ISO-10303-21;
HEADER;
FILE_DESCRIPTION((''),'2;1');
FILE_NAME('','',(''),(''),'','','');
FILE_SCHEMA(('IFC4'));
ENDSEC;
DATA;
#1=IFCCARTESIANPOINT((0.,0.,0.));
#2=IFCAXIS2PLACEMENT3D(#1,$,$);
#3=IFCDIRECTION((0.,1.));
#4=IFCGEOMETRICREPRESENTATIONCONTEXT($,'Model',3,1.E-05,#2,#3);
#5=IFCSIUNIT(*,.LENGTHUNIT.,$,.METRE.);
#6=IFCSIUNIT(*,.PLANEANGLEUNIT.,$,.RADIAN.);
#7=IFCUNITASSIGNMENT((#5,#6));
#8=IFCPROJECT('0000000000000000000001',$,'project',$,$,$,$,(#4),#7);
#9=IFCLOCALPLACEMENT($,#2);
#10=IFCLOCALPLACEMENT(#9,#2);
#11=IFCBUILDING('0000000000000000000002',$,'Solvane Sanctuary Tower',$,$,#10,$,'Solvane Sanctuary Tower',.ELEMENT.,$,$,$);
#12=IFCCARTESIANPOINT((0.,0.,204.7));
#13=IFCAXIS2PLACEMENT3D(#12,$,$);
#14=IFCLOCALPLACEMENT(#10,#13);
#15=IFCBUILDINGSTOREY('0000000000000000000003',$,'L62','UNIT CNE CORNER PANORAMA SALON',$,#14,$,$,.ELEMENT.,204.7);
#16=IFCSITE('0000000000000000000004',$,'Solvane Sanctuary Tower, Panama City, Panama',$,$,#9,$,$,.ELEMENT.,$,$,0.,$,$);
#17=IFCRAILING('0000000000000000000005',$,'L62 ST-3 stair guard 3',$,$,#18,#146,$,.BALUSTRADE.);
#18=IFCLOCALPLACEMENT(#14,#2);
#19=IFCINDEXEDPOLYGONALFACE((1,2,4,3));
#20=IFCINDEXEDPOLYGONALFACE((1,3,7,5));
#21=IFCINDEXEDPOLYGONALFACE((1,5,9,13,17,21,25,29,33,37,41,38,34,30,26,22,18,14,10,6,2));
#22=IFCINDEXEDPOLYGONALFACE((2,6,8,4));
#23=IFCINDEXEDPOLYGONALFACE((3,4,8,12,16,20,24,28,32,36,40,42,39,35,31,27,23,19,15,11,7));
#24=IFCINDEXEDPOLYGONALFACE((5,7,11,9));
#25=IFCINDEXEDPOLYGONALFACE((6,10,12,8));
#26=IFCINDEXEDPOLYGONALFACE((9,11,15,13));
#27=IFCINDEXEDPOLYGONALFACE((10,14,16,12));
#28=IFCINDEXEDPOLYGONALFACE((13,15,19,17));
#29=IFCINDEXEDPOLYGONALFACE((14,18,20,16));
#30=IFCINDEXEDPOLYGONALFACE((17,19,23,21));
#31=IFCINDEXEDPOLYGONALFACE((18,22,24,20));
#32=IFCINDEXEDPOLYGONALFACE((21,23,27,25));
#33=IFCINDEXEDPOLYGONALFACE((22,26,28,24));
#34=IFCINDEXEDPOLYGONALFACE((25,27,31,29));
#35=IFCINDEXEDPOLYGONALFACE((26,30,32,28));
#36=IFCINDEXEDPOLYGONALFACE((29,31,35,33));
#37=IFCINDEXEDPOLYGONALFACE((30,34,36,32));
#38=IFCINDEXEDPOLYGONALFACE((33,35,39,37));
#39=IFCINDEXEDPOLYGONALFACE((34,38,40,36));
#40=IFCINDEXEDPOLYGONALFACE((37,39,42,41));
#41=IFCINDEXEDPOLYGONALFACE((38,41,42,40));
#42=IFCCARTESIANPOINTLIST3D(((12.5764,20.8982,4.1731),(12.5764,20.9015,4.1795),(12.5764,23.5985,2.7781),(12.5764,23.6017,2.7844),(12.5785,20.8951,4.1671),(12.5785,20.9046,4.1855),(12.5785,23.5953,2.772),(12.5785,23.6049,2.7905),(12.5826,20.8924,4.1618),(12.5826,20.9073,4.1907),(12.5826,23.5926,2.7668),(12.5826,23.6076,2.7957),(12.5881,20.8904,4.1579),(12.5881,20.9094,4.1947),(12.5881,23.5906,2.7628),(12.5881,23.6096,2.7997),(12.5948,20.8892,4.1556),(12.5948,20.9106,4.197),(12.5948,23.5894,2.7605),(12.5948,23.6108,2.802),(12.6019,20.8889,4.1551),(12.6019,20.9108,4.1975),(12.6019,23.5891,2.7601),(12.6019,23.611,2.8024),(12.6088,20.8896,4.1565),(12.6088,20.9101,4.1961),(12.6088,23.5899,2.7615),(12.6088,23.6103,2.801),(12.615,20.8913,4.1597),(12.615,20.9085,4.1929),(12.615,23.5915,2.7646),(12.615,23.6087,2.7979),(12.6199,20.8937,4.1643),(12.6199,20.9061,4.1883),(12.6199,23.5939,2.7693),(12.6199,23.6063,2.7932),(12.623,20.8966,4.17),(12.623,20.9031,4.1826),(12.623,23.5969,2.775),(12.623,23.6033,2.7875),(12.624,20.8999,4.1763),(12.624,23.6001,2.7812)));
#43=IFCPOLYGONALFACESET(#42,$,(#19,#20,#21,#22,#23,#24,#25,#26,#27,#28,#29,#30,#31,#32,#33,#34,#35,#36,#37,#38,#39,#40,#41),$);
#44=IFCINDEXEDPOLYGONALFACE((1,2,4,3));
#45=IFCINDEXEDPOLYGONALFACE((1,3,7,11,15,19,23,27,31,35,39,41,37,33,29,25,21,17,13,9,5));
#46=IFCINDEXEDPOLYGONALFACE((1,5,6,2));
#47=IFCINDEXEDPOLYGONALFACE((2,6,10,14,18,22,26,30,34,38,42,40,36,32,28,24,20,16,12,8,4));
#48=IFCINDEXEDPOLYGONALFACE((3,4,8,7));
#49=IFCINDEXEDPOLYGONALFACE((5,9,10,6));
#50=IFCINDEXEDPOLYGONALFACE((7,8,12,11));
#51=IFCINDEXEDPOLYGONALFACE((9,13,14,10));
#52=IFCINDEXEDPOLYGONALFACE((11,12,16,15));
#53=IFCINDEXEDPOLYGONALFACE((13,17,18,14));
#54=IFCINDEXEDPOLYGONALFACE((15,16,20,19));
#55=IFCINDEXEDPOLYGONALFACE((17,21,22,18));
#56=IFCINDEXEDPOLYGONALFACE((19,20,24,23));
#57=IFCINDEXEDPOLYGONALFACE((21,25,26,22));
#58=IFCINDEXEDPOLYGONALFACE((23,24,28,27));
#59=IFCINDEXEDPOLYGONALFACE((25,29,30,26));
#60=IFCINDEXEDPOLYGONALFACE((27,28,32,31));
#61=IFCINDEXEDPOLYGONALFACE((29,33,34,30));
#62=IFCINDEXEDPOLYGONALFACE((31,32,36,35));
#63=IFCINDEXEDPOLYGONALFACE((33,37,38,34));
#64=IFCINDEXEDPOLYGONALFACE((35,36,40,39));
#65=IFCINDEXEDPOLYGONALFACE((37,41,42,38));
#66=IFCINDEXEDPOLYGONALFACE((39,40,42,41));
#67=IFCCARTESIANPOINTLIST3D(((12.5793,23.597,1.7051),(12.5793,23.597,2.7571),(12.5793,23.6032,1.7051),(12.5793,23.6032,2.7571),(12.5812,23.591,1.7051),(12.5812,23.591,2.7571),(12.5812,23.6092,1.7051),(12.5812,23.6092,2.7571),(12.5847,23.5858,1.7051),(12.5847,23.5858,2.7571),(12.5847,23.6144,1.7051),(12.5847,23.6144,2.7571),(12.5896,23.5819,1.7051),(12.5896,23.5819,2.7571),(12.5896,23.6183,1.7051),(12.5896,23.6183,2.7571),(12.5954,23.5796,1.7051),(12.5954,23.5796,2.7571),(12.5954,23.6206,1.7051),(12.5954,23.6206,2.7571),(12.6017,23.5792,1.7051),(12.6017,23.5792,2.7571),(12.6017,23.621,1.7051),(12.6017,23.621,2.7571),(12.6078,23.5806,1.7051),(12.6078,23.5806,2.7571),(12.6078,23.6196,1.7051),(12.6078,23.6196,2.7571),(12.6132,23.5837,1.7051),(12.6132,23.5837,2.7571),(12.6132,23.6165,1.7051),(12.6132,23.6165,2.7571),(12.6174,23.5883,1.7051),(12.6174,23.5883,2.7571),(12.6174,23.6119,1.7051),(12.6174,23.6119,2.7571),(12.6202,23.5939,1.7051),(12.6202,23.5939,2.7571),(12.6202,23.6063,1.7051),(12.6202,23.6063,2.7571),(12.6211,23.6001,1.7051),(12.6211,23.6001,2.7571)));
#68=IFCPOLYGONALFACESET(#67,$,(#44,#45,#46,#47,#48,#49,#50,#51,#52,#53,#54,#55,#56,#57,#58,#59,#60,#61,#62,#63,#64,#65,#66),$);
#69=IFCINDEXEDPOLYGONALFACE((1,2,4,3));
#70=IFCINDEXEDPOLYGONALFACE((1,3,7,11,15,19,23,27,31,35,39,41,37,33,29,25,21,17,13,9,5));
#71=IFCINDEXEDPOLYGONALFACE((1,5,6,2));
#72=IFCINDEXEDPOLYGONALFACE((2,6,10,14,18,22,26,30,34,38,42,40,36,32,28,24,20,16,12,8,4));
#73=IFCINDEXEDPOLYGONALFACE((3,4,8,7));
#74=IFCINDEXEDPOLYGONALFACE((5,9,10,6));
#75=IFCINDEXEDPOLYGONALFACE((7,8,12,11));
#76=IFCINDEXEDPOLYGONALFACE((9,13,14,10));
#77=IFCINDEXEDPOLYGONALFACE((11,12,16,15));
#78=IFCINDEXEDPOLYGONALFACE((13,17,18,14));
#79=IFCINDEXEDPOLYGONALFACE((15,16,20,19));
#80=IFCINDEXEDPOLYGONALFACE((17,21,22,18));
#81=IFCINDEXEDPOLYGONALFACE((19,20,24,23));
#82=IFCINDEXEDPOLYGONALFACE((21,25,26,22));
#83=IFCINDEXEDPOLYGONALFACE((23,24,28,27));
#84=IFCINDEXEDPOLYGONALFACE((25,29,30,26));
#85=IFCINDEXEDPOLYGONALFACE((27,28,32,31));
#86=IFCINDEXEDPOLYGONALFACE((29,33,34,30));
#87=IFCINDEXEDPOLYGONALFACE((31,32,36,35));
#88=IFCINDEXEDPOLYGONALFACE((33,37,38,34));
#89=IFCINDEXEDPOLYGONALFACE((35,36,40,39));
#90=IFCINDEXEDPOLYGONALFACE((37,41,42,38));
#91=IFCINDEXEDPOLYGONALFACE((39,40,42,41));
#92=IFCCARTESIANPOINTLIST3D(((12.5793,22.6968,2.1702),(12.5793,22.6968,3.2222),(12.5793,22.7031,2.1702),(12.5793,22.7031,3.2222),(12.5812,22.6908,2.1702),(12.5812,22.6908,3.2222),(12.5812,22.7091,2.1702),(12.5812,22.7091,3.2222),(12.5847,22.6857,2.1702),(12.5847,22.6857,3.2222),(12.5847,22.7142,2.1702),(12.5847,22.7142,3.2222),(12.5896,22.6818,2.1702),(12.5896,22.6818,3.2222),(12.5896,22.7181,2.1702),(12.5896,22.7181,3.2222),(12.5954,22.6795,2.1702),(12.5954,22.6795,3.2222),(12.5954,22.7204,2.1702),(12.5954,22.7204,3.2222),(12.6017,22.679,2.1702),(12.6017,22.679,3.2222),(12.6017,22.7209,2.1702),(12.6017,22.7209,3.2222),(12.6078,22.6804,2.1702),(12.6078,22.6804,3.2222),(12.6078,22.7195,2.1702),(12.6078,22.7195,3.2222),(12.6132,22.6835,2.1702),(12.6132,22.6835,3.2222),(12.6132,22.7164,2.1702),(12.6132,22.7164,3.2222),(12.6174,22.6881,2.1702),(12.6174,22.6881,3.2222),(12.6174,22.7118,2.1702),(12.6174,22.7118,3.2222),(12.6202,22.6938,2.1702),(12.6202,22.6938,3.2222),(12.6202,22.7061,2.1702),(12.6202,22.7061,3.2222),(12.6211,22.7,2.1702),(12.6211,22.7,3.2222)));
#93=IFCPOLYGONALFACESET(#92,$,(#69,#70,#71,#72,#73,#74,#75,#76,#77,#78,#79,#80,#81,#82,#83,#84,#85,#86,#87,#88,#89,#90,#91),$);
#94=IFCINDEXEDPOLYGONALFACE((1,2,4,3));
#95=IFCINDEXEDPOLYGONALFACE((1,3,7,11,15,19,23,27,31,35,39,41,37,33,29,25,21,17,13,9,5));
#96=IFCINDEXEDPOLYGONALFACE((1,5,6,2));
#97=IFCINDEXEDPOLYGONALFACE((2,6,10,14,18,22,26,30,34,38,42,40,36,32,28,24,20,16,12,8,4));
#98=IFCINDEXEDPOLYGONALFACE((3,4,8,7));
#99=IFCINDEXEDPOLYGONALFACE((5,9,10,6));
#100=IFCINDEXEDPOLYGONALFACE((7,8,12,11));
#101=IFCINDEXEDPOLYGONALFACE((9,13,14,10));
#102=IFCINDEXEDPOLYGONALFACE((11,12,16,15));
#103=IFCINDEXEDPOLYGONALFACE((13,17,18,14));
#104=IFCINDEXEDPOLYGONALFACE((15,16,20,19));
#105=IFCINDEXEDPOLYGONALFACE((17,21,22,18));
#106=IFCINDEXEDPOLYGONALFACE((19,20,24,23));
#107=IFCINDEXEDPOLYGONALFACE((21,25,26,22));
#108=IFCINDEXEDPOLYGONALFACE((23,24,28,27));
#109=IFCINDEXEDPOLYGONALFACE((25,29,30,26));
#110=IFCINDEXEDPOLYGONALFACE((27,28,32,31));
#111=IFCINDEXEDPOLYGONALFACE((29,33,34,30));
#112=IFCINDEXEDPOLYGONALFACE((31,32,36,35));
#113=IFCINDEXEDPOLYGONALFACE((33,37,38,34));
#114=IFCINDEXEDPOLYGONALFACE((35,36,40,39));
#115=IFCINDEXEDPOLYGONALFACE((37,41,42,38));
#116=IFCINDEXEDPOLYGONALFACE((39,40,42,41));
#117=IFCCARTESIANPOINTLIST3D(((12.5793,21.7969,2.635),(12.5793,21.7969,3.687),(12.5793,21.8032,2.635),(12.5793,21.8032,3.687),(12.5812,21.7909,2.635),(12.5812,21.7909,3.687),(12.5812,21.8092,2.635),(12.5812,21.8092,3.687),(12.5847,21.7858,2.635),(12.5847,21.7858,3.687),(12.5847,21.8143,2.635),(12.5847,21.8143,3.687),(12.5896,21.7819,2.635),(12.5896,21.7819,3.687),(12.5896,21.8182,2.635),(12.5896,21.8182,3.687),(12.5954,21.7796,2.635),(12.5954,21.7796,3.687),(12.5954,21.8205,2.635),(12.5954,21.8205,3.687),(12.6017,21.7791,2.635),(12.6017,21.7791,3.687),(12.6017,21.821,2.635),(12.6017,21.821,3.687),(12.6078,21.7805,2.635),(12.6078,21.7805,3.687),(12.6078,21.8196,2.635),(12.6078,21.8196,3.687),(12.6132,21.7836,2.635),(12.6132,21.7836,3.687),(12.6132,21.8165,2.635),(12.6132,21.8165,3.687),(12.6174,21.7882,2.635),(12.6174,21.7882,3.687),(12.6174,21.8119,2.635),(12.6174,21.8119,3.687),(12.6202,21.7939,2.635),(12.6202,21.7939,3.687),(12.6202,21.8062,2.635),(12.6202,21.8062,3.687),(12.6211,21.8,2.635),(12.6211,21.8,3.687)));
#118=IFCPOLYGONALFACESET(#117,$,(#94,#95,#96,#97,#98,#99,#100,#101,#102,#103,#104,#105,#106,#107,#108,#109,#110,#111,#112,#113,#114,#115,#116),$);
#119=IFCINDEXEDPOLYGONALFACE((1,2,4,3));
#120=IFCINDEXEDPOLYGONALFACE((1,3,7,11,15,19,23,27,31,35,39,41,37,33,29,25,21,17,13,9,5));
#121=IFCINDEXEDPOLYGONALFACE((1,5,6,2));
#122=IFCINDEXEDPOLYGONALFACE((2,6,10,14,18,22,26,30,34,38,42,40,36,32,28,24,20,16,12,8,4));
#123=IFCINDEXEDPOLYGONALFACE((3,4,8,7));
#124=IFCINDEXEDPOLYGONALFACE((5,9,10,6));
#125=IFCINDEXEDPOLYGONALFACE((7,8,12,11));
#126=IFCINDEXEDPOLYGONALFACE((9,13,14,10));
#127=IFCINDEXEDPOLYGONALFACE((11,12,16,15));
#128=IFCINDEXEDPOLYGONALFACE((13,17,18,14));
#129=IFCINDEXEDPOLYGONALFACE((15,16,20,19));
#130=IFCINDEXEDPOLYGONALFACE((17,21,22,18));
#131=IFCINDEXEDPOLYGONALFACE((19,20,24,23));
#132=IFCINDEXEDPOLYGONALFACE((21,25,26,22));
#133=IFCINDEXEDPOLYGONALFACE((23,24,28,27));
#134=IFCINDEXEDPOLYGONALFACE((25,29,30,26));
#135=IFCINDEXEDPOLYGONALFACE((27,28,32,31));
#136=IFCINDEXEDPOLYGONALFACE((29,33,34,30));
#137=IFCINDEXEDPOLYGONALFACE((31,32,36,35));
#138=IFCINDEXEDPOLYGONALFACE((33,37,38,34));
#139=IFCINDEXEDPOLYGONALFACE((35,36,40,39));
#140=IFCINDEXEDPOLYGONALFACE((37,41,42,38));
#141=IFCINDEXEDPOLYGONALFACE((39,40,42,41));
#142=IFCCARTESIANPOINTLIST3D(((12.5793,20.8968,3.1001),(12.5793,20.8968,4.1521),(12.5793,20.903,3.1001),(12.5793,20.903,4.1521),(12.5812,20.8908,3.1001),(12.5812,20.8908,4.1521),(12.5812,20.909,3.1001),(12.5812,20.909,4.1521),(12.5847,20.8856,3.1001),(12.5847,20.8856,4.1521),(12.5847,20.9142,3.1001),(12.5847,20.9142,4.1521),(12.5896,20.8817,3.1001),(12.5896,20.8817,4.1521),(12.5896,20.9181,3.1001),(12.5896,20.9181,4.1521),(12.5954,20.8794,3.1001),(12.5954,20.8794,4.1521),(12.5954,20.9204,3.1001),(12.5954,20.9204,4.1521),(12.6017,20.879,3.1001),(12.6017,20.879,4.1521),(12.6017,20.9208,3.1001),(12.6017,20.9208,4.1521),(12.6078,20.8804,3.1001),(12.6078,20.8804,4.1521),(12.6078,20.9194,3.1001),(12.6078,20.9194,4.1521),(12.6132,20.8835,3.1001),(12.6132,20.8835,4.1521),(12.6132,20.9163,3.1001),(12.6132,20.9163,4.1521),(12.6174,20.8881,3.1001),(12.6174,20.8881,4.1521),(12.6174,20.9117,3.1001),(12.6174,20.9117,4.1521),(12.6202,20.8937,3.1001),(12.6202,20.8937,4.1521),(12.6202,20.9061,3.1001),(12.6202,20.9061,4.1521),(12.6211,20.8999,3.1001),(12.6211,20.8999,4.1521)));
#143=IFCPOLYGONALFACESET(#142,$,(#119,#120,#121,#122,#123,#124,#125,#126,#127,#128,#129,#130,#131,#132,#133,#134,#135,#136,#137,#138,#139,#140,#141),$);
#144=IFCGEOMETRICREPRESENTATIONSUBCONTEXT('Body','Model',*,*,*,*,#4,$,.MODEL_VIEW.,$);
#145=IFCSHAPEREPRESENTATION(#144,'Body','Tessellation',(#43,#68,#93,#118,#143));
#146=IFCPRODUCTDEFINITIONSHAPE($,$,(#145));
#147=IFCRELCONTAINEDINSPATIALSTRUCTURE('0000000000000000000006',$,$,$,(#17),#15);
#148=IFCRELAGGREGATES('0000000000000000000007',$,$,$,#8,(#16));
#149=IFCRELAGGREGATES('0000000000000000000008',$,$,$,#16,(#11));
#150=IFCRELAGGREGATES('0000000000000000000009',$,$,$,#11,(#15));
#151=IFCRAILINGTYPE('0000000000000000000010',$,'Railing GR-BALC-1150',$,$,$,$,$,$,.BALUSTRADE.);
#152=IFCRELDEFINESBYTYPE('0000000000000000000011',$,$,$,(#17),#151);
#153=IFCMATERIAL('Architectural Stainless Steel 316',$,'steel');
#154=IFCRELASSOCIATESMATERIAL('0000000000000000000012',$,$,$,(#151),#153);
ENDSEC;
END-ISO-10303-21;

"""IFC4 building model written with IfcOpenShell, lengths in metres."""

from ifc_helpers import new_model, si_unit, direction, frame, origin, origin_2d, place, context, subcontext, project, spatial, circle, extrude, material, type_object, element, save


model = new_model("IFC4")

# Units and contexts
model_context = context("Model", 3, precision=1e-05, world=origin(), true_north=direction((0.0, 1.0)))
body_context = subcontext(model_context, "Body", "Model", "MODEL_VIEW")
ifc_project = project(units=[si_unit("LENGTHUNIT", "METRE"), si_unit("PLANEANGLEUNIT", "RADIAN")], contexts=[model_context])

# Site, building, storey
site_placement = place(None, origin())
site = spatial("IfcSite", under=ifc_project, at=site_placement, Name="Solvane Sanctuary Tower, Panama City, Panama", CompositionType="ELEMENT", RefElevation=0.0)
building_placement = place(site_placement, origin())
building = spatial("IfcBuilding", under=site, at=building_placement, Name="Solvane Sanctuary Tower", LongName="Solvane Sanctuary Tower", CompositionType="ELEMENT")
storey_placement = place(building_placement, frame((0.0, 0.0, 204.7)))
storey = spatial("IfcBuildingStorey", under=building, at=storey_placement, Name="L62", Description="UNIT CNE CORNER PANORAMA SALON", CompositionType="ELEMENT", Elevation=204.7)

# Railing
ifc_material_1 = material(Name="Architectural Stainless Steel 316", Category="steel")
railing_type_1 = type_object("IfcRailingType", Name="Railing GR-BALC-1150", PredefinedType="BALUSTRADE", material=ifc_material_1)
railing_1_placement = place(storey_placement, frame((12.6001, 23.6001, 1.7051)))
element("IfcRailing", 1, at=railing_1_placement, inside=storey, type_object=railing_type_1, Name="L62 ST-3 stair guard 3", PredefinedType="BALUSTRADE", context=body_context, shape_type="SweptSolid", body=[
    extrude(circle(Radius=0.0239, at=origin_2d()), frame((0.0, 0.0, 1.0762), z_axis=(0.0, -0.888437, 0.458999), x_axis=(1.0, 0.0, 0.0)), (0.0, 0.0, 1.0), 3.0393),
    extrude(circle(Radius=0.021, at=origin_2d()), origin(), (0.0, 0.0, 1.0), 1.052),
    extrude(circle(Radius=0.021, at=origin_2d()), frame((0.0, -0.9001, 0.4651)), (0.0, 0.0, 1.0), 1.052),
    extrude(circle(Radius=0.021, at=origin_2d()), frame((0.0, -1.8, 0.9299)), (0.0, 0.0, 1.0), 1.052),
    extrude(circle(Radius=0.021, at=origin_2d()), frame((0.0, -2.7002, 1.395)), (0.0, 0.0, 1.0), 1.052),
])

save(model, "model.ifc")
